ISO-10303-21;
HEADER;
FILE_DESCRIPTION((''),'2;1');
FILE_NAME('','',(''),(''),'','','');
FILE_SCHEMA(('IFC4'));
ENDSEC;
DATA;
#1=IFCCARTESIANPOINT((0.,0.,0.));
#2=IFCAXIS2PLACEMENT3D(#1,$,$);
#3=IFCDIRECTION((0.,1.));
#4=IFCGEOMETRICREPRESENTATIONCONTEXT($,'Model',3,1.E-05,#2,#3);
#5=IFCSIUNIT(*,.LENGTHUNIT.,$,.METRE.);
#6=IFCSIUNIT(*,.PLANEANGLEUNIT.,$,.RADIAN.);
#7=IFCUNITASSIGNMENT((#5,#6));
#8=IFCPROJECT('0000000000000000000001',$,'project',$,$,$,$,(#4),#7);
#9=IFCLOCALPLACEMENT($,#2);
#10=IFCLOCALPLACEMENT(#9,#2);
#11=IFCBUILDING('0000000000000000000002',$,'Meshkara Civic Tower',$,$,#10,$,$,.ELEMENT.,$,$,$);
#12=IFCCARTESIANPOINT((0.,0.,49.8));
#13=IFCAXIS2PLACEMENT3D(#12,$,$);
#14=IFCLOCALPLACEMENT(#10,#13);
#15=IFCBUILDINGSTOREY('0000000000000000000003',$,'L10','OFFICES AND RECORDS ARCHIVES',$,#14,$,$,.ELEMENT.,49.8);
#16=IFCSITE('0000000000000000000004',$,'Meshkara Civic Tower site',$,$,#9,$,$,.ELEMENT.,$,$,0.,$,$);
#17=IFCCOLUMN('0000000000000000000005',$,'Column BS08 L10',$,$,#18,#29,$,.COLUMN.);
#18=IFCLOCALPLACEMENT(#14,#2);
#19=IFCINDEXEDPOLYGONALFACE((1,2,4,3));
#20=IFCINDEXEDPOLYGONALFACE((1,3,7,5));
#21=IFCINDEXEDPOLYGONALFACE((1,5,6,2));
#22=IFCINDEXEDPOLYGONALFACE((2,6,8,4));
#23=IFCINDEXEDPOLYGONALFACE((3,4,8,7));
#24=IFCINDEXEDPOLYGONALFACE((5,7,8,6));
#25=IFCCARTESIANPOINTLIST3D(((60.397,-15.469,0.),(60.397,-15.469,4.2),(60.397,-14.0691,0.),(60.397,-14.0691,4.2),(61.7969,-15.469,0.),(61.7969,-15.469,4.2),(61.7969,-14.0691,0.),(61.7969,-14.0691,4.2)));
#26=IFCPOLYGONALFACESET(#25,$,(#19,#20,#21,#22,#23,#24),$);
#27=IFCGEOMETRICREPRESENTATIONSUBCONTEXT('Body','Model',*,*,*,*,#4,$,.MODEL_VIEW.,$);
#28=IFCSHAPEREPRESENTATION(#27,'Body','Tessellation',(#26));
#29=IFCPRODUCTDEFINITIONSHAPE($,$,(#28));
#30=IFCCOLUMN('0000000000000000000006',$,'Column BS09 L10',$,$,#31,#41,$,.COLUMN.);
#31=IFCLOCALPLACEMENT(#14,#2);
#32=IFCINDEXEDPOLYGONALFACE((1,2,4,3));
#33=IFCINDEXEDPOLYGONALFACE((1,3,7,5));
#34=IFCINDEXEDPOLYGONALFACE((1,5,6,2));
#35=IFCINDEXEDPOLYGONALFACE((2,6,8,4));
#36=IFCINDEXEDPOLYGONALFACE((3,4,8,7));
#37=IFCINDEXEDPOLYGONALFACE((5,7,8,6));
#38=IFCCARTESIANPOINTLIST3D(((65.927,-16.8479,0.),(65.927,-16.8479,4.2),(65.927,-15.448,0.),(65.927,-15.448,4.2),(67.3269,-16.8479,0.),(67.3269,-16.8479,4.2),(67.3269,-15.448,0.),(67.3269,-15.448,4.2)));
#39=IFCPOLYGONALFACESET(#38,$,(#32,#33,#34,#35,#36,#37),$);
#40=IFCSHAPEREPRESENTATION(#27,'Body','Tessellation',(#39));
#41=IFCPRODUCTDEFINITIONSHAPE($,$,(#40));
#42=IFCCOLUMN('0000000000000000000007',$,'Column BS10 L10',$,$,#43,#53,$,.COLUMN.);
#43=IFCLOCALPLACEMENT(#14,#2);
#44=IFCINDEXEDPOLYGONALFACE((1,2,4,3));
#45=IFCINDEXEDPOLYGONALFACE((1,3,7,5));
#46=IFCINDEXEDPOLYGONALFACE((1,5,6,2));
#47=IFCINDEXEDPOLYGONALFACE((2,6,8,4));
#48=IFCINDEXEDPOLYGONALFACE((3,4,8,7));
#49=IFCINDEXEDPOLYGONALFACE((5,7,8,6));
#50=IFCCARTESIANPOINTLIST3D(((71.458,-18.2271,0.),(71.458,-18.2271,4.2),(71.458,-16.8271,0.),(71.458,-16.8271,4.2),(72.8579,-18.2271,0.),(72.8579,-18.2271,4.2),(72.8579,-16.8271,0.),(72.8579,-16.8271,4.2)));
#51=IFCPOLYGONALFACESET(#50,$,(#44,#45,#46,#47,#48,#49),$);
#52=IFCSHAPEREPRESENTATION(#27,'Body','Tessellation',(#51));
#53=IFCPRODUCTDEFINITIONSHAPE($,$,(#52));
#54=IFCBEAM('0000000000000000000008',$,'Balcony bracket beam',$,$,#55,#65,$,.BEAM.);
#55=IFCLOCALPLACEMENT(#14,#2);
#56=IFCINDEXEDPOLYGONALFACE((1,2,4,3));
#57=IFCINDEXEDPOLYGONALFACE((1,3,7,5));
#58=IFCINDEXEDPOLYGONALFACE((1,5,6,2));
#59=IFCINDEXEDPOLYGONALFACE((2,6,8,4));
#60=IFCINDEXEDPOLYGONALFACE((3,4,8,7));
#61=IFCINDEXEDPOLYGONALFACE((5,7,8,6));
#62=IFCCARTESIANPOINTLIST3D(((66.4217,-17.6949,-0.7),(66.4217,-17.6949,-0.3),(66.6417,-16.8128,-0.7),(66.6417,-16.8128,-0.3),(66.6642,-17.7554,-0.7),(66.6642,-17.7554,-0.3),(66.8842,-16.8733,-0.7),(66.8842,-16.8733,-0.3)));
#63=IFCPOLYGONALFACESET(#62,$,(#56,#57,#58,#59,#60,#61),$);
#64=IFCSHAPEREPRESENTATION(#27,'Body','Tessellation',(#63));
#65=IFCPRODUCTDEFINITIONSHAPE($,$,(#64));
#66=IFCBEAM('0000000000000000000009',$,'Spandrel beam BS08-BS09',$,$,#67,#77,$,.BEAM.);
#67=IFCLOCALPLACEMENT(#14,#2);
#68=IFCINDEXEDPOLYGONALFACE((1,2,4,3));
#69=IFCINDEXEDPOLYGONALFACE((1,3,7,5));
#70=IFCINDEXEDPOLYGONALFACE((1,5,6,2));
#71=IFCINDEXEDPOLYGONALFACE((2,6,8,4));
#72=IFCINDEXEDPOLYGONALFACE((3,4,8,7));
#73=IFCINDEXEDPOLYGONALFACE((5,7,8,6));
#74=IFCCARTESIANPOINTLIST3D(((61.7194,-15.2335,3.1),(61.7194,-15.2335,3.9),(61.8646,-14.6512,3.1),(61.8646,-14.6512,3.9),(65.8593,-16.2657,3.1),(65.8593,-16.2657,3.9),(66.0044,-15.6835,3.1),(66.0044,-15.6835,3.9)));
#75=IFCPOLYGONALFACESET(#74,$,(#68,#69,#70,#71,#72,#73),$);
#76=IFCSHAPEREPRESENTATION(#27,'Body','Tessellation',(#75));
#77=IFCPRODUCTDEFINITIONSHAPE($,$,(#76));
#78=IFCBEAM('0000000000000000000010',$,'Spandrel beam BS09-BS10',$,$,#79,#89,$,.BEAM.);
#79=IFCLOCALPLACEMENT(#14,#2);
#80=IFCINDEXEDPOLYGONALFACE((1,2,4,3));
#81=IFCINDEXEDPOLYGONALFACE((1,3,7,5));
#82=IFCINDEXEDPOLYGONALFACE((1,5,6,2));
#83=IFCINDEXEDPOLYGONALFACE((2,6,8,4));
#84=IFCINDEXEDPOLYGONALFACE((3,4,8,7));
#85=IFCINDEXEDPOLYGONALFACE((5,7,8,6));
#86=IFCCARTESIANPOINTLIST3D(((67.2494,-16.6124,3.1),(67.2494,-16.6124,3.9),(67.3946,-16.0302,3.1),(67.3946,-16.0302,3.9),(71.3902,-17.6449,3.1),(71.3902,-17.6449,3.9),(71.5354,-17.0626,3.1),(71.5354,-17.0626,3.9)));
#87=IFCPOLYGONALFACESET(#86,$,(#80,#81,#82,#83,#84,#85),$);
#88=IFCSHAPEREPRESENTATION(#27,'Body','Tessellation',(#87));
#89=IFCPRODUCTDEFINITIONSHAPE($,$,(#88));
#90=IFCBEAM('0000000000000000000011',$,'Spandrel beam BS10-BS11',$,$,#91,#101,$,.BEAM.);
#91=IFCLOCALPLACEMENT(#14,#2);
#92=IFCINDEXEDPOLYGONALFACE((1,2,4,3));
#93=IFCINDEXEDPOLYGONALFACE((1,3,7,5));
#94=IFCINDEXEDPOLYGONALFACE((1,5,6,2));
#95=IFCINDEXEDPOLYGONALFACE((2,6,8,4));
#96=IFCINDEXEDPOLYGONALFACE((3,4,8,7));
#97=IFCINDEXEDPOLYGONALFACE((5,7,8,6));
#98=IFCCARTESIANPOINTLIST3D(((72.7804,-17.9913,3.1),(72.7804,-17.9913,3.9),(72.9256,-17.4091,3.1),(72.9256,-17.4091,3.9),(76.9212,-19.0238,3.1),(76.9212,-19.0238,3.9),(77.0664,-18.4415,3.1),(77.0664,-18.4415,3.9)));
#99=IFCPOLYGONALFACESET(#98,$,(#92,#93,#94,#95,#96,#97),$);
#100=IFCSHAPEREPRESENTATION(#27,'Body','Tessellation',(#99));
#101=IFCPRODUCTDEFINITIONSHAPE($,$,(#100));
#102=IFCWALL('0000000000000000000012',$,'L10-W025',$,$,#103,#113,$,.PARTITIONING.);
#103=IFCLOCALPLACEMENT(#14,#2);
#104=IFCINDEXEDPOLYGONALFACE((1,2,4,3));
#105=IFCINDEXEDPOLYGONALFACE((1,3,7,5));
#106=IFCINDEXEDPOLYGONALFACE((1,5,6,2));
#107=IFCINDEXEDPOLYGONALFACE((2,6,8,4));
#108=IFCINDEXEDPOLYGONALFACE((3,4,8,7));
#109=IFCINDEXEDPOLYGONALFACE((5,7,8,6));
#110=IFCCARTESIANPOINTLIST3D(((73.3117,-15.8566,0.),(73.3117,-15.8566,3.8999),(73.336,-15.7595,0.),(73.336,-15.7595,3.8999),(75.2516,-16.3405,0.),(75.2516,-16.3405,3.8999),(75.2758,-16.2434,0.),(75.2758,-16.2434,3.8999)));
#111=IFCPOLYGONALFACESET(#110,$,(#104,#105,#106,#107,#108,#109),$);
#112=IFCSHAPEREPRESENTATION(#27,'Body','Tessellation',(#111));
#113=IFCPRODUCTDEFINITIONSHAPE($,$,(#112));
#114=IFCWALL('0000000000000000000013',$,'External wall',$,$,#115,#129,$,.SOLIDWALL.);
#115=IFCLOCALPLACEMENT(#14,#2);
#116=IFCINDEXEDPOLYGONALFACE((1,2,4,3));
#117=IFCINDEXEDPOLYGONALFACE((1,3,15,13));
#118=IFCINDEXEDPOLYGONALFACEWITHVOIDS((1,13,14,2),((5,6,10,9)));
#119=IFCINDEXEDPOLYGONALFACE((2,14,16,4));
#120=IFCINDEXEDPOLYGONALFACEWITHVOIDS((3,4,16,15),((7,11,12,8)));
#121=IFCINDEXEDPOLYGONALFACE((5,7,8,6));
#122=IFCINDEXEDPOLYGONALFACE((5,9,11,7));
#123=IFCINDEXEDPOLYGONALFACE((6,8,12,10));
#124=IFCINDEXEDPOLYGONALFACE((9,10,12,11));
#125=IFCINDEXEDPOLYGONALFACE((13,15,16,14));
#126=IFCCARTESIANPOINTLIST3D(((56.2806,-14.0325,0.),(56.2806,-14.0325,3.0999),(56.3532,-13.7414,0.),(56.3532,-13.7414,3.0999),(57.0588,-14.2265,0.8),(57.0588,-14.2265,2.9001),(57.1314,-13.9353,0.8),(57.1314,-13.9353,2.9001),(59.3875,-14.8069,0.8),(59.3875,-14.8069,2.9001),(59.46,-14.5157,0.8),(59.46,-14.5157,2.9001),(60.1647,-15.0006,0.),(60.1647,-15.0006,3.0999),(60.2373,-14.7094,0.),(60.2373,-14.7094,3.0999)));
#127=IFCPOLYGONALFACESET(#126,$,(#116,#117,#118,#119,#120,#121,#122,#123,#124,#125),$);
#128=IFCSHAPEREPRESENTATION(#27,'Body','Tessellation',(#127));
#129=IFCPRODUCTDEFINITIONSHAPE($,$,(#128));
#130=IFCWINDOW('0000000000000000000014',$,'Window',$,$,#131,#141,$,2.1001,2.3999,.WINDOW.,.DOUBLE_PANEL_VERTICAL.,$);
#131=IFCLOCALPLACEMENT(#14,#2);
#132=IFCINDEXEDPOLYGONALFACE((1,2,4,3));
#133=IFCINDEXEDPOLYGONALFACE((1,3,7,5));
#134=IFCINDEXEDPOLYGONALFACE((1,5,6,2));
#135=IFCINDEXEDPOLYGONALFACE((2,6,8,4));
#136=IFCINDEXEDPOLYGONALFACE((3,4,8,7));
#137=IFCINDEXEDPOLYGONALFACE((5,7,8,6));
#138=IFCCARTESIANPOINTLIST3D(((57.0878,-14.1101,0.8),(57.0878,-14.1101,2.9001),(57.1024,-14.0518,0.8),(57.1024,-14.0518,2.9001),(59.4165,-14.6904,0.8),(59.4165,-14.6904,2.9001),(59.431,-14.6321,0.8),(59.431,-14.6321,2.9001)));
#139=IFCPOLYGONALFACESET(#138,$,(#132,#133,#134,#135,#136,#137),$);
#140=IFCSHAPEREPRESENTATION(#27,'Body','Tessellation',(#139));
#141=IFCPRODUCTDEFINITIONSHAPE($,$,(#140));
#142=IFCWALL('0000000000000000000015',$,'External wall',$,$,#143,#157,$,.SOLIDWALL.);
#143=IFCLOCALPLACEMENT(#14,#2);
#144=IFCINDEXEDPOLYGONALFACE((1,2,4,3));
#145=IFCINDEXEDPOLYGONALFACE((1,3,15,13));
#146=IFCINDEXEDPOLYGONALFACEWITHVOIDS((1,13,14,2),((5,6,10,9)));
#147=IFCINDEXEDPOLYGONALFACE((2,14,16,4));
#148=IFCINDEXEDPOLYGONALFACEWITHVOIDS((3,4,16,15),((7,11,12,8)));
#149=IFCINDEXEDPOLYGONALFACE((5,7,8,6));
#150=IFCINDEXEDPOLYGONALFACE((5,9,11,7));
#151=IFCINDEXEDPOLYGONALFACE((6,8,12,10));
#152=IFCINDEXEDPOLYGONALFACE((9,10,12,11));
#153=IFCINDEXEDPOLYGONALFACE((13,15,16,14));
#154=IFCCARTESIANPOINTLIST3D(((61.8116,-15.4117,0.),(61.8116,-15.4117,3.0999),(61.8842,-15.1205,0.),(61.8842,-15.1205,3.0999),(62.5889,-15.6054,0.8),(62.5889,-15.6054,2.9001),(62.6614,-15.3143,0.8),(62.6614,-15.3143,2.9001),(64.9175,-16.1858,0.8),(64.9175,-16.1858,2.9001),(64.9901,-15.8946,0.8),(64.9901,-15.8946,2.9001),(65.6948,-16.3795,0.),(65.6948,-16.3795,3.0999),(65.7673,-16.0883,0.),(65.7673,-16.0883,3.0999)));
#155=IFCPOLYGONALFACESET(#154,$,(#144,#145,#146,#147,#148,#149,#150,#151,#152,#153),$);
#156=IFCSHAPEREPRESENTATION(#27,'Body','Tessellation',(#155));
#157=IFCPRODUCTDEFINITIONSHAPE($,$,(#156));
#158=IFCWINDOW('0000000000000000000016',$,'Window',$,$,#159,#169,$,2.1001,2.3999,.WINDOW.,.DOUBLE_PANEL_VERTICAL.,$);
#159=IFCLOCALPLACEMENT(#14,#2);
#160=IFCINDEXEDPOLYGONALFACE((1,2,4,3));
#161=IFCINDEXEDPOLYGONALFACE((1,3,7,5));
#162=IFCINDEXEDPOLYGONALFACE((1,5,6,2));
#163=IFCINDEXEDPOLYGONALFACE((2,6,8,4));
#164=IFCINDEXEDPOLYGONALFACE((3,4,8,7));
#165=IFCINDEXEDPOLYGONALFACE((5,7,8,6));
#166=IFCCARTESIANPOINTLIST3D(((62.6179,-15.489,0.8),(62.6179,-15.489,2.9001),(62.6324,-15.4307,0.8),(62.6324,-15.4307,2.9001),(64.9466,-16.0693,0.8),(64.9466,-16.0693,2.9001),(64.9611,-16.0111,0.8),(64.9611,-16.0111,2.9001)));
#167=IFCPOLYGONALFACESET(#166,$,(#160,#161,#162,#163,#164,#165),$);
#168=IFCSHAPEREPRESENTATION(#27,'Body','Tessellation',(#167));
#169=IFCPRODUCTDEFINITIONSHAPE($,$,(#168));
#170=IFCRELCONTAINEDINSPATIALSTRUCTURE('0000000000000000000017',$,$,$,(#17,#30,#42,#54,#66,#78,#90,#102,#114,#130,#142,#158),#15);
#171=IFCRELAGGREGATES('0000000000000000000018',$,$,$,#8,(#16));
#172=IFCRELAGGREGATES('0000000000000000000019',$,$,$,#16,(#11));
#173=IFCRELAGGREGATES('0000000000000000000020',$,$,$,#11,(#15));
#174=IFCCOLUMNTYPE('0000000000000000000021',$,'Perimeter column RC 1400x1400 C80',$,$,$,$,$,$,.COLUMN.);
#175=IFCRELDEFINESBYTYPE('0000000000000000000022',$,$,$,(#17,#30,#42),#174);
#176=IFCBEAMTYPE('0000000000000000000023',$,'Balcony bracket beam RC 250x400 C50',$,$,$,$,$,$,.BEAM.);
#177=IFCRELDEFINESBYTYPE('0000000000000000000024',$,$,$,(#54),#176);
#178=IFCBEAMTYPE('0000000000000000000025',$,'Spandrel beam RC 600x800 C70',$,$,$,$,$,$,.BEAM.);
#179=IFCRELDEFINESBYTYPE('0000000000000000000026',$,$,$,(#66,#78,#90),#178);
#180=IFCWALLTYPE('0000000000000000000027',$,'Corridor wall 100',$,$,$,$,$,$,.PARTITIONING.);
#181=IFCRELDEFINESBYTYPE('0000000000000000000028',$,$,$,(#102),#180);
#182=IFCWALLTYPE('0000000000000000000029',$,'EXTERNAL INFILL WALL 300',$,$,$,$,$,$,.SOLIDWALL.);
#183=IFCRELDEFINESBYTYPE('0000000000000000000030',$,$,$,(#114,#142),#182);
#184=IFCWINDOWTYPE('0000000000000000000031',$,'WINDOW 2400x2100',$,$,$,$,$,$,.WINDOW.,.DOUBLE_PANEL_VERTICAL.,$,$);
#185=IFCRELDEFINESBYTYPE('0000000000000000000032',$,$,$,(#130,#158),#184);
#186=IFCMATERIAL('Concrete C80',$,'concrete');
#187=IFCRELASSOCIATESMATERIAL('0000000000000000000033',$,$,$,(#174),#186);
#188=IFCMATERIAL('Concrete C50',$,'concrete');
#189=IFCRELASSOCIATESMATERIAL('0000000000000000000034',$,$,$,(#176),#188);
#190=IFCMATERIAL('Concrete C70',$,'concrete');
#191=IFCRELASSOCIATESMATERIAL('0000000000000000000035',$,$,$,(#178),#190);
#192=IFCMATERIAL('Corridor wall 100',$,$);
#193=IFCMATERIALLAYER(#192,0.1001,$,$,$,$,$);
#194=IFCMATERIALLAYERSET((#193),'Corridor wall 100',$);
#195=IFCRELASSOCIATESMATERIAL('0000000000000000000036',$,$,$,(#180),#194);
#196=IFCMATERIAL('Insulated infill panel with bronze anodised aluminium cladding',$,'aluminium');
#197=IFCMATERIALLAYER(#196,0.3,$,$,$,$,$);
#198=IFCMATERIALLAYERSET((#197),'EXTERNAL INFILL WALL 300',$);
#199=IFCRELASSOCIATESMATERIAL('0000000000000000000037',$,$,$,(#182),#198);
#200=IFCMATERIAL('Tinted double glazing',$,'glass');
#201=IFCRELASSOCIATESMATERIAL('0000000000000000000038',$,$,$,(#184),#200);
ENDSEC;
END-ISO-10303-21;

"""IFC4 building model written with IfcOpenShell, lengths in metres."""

from ifc_helpers import new_model, si_unit, direction, frame, frame_2d, origin, origin_2d, place, context, subcontext, project, spatial, rectangle, extrude, material, layer, layer_set, material_profile, profile_set, type_object, element, fill, save


model = new_model("IFC4")

# Units and contexts
model_context = context("Model", 3, precision=1e-05, world=origin(), true_north=direction((0.0, 1.0)))
body_context = subcontext(model_context, "Body", "Model", "MODEL_VIEW")
ifc_project = project(units=[si_unit("LENGTHUNIT", "METRE"), si_unit("PLANEANGLEUNIT", "RADIAN")], contexts=[model_context])

# Site, building, storey
site_placement = place(None, origin())
site = spatial("IfcSite", under=ifc_project, at=site_placement, Name="Meshkara Civic Tower site", CompositionType="ELEMENT", RefElevation=0.0)
building_placement = place(site_placement, origin())
building = spatial("IfcBuilding", under=site, at=building_placement, Name="Meshkara Civic Tower", CompositionType="ELEMENT")
storey_placement = place(building_placement, frame((0.0, 0.0, 49.8)))
storey = spatial("IfcBuildingStorey", under=building, at=storey_placement, Name="L10", Description="OFFICES AND RECORDS ARCHIVES", CompositionType="ELEMENT", Elevation=49.8)

# Columns
ifc_material_1 = material(Name="Concrete C80", Category="concrete")
ifc_material_profile_1 = material_profile(ifc_material_1, rectangle(XDim=1.3999, YDim=1.3999, at=origin_2d()))
ifc_profile_set_1 = profile_set([ifc_material_profile_1], Name="Concrete C80")
column_type = type_object("IfcColumnType", Name="Perimeter column RC 1400x1400 C80", PredefinedType="COLUMN", material=ifc_profile_set_1)
for number, where, z_axis, x_axis, name in (
    (1, (61.0969, -14.769, 0.0), (0.0, 0.0, 1.0), (1.0, 0.0, 0.0), "Column BS08 L10"),
    (2, (66.627, -16.1479, 0.0), (0.0, 0.0, 1.0), (1.0, 0.0, 0.0), "Column BS09 L10"),
    (3, (72.158, -17.5271, 0.0), (0.0, 0.0, 1.0), (1.0, 0.0, 0.0), "Column BS10 L10"),
):
    element("IfcColumn", number, at=place(storey_placement, frame(where, z_axis=z_axis, x_axis=x_axis)), inside=storey, type_object=column_type, Name=name, PredefinedType="COLUMN", context=body_context, shape_type="SweptSolid", body=[
        extrude(rectangle(XDim=1.3999, YDim=1.3999, at=origin_2d()), origin(), (0.0, 0.0, 1.0), 4.2),
    ])

# Beams
ifc_material_2 = material(Name="Concrete C50", Category="concrete")
ifc_material_profile_2 = material_profile(ifc_material_2, rectangle(XDim=0.25, YDim=0.3999, at=origin_2d()))
ifc_profile_set_2 = profile_set([ifc_material_profile_2], Name="Concrete C50")
beam_type_1 = type_object("IfcBeamType", Name="Balcony bracket beam RC 250x400 C50", PredefinedType="BEAM", material=ifc_profile_set_2)
beam_1_placement = place(storey_placement, frame((66.7629, -16.843, -0.5), z_axis=(-0.241967, -0.970285, 0.0), x_axis=(0.970285, -0.241967, 0.0)))
element("IfcBeam", 4, at=beam_1_placement, inside=storey, type_object=beam_type_1, Name="Balcony bracket beam", PredefinedType="BEAM", context=body_context, shape_type="SweptSolid", body=[
    extrude(rectangle(XDim=0.25, YDim=0.3999, at=origin_2d()), origin(), (0.0, 0.0, 1.0), 0.9092),
])
ifc_material_3 = material(Name="Concrete C70", Category="concrete")
ifc_material_profile_3 = material_profile(ifc_material_3, rectangle(XDim=0.6001, YDim=0.8, at=origin_2d()))
ifc_profile_set_3 = profile_set([ifc_material_profile_3], Name="Concrete C70")
beam_type_2 = type_object("IfcBeamType", Name="Spandrel beam RC 600x800 C70", PredefinedType="BEAM", material=ifc_profile_set_3)
beam_2_placement = place(storey_placement, frame((61.792, -14.9424, 3.5), z_axis=(0.970294, -0.24193, 0.0), x_axis=(0.24193, 0.970294, 0.0)))
element("IfcBeam", 5, at=beam_2_placement, inside=storey, type_object=beam_type_2, Name="Spandrel beam BS08-BS09", PredefinedType="BEAM", context=body_context, shape_type="SweptSolid", body=[
    extrude(rectangle(XDim=0.6001, YDim=0.8, at=origin_2d()), origin(), (0.0, 0.0, 1.0), 4.2666),
])
for number, where, z_axis, x_axis, name in (
    (6, (67.322, -16.3213, 3.5), (0.970294, -0.24193, 0.0), (0.24193, 0.970294, 0.0), "Spandrel beam BS09-BS10"),
    (7, (72.853, -17.7002, 3.5), (0.970294, -0.24193, 0.0), (0.24193, 0.970294, 0.0), "Spandrel beam BS10-BS11"),
):
    element("IfcBeam", number, at=place(storey_placement, frame(where, z_axis=z_axis, x_axis=x_axis)), inside=storey, type_object=beam_type_2, Name=name, PredefinedType="BEAM", context=body_context, shape_type="SweptSolid", body=[
        extrude(rectangle(XDim=0.6001, YDim=0.8, at=origin_2d()), origin(), (0.0, 0.0, 1.0), 4.2676),
    ])

# Wall
ifc_material_4 = material(Name="Corridor wall 100")
ifc_layer_1 = layer(ifc_material_4, 0.1001)
ifc_layer_set_1 = layer_set([ifc_layer_1], Name="Corridor wall 100")
wall_type_1 = type_object("IfcWallType", Name="Corridor wall 100", PredefinedType="PARTITIONING", material=ifc_layer_set_1)
wall_1_placement = place(storey_placement, frame((73.324, -15.8081, 0.0), z_axis=(0.0, 0.0, 1.0), x_axis=(0.970272, -0.242018, 0.0)))
element("IfcWall", 8, at=wall_1_placement, inside=storey, type_object=wall_type_1, Name="L10-W025", PredefinedType="PARTITIONING", context=body_context, shape_type="SweptSolid", body=[
    extrude(rectangle(XDim=1.9993, YDim=0.1001, at=frame_2d((0.9995, 0.0))), origin(), (0.0, 0.0, 1.0), 3.8999),
])

# Walls, openings, windows
ifc_material_5 = material(Name="Insulated infill panel with bronze anodised aluminium cladding", Category="aluminium")
ifc_layer_2 = layer(ifc_material_5, 0.3)
ifc_layer_set_2 = layer_set([ifc_layer_2], Name="EXTERNAL INFILL WALL 300")
wall_type_2 = type_object("IfcWallType", Name="EXTERNAL INFILL WALL 300", PredefinedType="SOLIDWALL", material=ifc_layer_set_2)
wall_2_placement = place(storey_placement, frame((56.3169, -13.887, 0.0), z_axis=(0.0, 0.0, 1.0), x_axis=(0.970318, -0.241832, 0.0)))
wall_2 = element("IfcWall", 9, at=wall_2_placement, inside=storey, type_object=wall_type_2, Name="External wall", PredefinedType="SOLIDWALL", context=body_context, shape_type="SweptSolid", body=[
    extrude(rectangle(XDim=4.0029, YDim=0.3, at=frame_2d((2.0015, 0.0))), origin(), (0.0, 0.0, 1.0), 3.0999),
])
opening_1_placement = place(wall_2_placement, frame((0.802, 0.0, 0.8)))
opening_1 = element("IfcOpeningElement", 10, at=opening_1_placement, cuts=wall_2, PredefinedType="OPENING", context=body_context, shape_type="SweptSolid", body=[
    extrude(rectangle(XDim=2.3999, YDim=2.1001, at=frame_2d((1.2, 1.05))), frame((0.0, 0.1599, 0.0), z_axis=(0.0, -1.0, 0.0), x_axis=(1.0, 0.0, 0.0)), (0.0, 0.0, 1.0), 0.3201),
])
ifc_material_6 = material(Name="Tinted double glazing", Category="glass")
window_type = type_object("IfcWindowType", Name="WINDOW 2400x2100", PartitioningType="DOUBLE_PANEL_VERTICAL", PredefinedType="WINDOW", material=ifc_material_6)
window_1_placement = place(opening_1_placement, origin())
window_1 = element("IfcWindow", 11, at=window_1_placement, inside=storey, type_object=window_type, Name="Window", OverallHeight=2.1001, OverallWidth=2.3999, PartitioningType="DOUBLE_PANEL_VERTICAL", PredefinedType="WINDOW", context=body_context, shape_type="SweptSolid", body=[
    extrude(rectangle(XDim=2.3999, YDim=2.1001, at=frame_2d((1.2, 1.05))), frame((0.0, 0.03, 0.0), z_axis=(0.0, -1.0, 0.0), x_axis=(1.0, 0.0, 0.0)), (0.0, 0.0, 1.0), 0.0601),
])
fill(opening_1, window_1)
wall_3_placement = place(storey_placement, frame((61.8479, -15.2661, 0.0), z_axis=(0.0, 0.0, 1.0), x_axis=(0.970318, -0.241832, 0.0)))
wall_3 = element("IfcWall", 12, at=wall_3_placement, inside=storey, type_object=wall_type_2, Name="External wall", PredefinedType="SOLIDWALL", context=body_context, shape_type="SweptSolid", body=[
    extrude(rectangle(XDim=4.002, YDim=0.3, at=frame_2d((2.001, 0.0))), origin(), (0.0, 0.0, 1.0), 3.0999),
])
opening_2_placement = place(wall_3_placement, frame((0.801, 0.0, 0.8)))
opening_2 = element("IfcOpeningElement", 13, at=opening_2_placement, cuts=wall_3, PredefinedType="OPENING", context=body_context, shape_type="SweptSolid", body=[
    extrude(rectangle(XDim=2.3999, YDim=2.1001, at=frame_2d((1.2, 1.05))), frame((0.0, 0.1599, 0.0), z_axis=(0.0, -1.0, 0.0), x_axis=(1.0, 0.0, 0.0)), (0.0, 0.0, 1.0), 0.3201),
])
window_2_placement = place(opening_2_placement, origin())
window_2 = element("IfcWindow", 14, at=window_2_placement, inside=storey, type_object=window_type, Name="Window", OverallHeight=2.1001, OverallWidth=2.3999, PartitioningType="DOUBLE_PANEL_VERTICAL", PredefinedType="WINDOW", context=body_context, shape_type="SweptSolid", body=[
    extrude(rectangle(XDim=2.3999, YDim=2.1001, at=frame_2d((1.2, 1.05))), frame((0.0, 0.03, 0.0), z_axis=(0.0, -1.0, 0.0), x_axis=(1.0, 0.0, 0.0)), (0.0, 0.0, 1.0), 0.0601),
])
fill(opening_2, window_2)

save(model, "model.ifc")
